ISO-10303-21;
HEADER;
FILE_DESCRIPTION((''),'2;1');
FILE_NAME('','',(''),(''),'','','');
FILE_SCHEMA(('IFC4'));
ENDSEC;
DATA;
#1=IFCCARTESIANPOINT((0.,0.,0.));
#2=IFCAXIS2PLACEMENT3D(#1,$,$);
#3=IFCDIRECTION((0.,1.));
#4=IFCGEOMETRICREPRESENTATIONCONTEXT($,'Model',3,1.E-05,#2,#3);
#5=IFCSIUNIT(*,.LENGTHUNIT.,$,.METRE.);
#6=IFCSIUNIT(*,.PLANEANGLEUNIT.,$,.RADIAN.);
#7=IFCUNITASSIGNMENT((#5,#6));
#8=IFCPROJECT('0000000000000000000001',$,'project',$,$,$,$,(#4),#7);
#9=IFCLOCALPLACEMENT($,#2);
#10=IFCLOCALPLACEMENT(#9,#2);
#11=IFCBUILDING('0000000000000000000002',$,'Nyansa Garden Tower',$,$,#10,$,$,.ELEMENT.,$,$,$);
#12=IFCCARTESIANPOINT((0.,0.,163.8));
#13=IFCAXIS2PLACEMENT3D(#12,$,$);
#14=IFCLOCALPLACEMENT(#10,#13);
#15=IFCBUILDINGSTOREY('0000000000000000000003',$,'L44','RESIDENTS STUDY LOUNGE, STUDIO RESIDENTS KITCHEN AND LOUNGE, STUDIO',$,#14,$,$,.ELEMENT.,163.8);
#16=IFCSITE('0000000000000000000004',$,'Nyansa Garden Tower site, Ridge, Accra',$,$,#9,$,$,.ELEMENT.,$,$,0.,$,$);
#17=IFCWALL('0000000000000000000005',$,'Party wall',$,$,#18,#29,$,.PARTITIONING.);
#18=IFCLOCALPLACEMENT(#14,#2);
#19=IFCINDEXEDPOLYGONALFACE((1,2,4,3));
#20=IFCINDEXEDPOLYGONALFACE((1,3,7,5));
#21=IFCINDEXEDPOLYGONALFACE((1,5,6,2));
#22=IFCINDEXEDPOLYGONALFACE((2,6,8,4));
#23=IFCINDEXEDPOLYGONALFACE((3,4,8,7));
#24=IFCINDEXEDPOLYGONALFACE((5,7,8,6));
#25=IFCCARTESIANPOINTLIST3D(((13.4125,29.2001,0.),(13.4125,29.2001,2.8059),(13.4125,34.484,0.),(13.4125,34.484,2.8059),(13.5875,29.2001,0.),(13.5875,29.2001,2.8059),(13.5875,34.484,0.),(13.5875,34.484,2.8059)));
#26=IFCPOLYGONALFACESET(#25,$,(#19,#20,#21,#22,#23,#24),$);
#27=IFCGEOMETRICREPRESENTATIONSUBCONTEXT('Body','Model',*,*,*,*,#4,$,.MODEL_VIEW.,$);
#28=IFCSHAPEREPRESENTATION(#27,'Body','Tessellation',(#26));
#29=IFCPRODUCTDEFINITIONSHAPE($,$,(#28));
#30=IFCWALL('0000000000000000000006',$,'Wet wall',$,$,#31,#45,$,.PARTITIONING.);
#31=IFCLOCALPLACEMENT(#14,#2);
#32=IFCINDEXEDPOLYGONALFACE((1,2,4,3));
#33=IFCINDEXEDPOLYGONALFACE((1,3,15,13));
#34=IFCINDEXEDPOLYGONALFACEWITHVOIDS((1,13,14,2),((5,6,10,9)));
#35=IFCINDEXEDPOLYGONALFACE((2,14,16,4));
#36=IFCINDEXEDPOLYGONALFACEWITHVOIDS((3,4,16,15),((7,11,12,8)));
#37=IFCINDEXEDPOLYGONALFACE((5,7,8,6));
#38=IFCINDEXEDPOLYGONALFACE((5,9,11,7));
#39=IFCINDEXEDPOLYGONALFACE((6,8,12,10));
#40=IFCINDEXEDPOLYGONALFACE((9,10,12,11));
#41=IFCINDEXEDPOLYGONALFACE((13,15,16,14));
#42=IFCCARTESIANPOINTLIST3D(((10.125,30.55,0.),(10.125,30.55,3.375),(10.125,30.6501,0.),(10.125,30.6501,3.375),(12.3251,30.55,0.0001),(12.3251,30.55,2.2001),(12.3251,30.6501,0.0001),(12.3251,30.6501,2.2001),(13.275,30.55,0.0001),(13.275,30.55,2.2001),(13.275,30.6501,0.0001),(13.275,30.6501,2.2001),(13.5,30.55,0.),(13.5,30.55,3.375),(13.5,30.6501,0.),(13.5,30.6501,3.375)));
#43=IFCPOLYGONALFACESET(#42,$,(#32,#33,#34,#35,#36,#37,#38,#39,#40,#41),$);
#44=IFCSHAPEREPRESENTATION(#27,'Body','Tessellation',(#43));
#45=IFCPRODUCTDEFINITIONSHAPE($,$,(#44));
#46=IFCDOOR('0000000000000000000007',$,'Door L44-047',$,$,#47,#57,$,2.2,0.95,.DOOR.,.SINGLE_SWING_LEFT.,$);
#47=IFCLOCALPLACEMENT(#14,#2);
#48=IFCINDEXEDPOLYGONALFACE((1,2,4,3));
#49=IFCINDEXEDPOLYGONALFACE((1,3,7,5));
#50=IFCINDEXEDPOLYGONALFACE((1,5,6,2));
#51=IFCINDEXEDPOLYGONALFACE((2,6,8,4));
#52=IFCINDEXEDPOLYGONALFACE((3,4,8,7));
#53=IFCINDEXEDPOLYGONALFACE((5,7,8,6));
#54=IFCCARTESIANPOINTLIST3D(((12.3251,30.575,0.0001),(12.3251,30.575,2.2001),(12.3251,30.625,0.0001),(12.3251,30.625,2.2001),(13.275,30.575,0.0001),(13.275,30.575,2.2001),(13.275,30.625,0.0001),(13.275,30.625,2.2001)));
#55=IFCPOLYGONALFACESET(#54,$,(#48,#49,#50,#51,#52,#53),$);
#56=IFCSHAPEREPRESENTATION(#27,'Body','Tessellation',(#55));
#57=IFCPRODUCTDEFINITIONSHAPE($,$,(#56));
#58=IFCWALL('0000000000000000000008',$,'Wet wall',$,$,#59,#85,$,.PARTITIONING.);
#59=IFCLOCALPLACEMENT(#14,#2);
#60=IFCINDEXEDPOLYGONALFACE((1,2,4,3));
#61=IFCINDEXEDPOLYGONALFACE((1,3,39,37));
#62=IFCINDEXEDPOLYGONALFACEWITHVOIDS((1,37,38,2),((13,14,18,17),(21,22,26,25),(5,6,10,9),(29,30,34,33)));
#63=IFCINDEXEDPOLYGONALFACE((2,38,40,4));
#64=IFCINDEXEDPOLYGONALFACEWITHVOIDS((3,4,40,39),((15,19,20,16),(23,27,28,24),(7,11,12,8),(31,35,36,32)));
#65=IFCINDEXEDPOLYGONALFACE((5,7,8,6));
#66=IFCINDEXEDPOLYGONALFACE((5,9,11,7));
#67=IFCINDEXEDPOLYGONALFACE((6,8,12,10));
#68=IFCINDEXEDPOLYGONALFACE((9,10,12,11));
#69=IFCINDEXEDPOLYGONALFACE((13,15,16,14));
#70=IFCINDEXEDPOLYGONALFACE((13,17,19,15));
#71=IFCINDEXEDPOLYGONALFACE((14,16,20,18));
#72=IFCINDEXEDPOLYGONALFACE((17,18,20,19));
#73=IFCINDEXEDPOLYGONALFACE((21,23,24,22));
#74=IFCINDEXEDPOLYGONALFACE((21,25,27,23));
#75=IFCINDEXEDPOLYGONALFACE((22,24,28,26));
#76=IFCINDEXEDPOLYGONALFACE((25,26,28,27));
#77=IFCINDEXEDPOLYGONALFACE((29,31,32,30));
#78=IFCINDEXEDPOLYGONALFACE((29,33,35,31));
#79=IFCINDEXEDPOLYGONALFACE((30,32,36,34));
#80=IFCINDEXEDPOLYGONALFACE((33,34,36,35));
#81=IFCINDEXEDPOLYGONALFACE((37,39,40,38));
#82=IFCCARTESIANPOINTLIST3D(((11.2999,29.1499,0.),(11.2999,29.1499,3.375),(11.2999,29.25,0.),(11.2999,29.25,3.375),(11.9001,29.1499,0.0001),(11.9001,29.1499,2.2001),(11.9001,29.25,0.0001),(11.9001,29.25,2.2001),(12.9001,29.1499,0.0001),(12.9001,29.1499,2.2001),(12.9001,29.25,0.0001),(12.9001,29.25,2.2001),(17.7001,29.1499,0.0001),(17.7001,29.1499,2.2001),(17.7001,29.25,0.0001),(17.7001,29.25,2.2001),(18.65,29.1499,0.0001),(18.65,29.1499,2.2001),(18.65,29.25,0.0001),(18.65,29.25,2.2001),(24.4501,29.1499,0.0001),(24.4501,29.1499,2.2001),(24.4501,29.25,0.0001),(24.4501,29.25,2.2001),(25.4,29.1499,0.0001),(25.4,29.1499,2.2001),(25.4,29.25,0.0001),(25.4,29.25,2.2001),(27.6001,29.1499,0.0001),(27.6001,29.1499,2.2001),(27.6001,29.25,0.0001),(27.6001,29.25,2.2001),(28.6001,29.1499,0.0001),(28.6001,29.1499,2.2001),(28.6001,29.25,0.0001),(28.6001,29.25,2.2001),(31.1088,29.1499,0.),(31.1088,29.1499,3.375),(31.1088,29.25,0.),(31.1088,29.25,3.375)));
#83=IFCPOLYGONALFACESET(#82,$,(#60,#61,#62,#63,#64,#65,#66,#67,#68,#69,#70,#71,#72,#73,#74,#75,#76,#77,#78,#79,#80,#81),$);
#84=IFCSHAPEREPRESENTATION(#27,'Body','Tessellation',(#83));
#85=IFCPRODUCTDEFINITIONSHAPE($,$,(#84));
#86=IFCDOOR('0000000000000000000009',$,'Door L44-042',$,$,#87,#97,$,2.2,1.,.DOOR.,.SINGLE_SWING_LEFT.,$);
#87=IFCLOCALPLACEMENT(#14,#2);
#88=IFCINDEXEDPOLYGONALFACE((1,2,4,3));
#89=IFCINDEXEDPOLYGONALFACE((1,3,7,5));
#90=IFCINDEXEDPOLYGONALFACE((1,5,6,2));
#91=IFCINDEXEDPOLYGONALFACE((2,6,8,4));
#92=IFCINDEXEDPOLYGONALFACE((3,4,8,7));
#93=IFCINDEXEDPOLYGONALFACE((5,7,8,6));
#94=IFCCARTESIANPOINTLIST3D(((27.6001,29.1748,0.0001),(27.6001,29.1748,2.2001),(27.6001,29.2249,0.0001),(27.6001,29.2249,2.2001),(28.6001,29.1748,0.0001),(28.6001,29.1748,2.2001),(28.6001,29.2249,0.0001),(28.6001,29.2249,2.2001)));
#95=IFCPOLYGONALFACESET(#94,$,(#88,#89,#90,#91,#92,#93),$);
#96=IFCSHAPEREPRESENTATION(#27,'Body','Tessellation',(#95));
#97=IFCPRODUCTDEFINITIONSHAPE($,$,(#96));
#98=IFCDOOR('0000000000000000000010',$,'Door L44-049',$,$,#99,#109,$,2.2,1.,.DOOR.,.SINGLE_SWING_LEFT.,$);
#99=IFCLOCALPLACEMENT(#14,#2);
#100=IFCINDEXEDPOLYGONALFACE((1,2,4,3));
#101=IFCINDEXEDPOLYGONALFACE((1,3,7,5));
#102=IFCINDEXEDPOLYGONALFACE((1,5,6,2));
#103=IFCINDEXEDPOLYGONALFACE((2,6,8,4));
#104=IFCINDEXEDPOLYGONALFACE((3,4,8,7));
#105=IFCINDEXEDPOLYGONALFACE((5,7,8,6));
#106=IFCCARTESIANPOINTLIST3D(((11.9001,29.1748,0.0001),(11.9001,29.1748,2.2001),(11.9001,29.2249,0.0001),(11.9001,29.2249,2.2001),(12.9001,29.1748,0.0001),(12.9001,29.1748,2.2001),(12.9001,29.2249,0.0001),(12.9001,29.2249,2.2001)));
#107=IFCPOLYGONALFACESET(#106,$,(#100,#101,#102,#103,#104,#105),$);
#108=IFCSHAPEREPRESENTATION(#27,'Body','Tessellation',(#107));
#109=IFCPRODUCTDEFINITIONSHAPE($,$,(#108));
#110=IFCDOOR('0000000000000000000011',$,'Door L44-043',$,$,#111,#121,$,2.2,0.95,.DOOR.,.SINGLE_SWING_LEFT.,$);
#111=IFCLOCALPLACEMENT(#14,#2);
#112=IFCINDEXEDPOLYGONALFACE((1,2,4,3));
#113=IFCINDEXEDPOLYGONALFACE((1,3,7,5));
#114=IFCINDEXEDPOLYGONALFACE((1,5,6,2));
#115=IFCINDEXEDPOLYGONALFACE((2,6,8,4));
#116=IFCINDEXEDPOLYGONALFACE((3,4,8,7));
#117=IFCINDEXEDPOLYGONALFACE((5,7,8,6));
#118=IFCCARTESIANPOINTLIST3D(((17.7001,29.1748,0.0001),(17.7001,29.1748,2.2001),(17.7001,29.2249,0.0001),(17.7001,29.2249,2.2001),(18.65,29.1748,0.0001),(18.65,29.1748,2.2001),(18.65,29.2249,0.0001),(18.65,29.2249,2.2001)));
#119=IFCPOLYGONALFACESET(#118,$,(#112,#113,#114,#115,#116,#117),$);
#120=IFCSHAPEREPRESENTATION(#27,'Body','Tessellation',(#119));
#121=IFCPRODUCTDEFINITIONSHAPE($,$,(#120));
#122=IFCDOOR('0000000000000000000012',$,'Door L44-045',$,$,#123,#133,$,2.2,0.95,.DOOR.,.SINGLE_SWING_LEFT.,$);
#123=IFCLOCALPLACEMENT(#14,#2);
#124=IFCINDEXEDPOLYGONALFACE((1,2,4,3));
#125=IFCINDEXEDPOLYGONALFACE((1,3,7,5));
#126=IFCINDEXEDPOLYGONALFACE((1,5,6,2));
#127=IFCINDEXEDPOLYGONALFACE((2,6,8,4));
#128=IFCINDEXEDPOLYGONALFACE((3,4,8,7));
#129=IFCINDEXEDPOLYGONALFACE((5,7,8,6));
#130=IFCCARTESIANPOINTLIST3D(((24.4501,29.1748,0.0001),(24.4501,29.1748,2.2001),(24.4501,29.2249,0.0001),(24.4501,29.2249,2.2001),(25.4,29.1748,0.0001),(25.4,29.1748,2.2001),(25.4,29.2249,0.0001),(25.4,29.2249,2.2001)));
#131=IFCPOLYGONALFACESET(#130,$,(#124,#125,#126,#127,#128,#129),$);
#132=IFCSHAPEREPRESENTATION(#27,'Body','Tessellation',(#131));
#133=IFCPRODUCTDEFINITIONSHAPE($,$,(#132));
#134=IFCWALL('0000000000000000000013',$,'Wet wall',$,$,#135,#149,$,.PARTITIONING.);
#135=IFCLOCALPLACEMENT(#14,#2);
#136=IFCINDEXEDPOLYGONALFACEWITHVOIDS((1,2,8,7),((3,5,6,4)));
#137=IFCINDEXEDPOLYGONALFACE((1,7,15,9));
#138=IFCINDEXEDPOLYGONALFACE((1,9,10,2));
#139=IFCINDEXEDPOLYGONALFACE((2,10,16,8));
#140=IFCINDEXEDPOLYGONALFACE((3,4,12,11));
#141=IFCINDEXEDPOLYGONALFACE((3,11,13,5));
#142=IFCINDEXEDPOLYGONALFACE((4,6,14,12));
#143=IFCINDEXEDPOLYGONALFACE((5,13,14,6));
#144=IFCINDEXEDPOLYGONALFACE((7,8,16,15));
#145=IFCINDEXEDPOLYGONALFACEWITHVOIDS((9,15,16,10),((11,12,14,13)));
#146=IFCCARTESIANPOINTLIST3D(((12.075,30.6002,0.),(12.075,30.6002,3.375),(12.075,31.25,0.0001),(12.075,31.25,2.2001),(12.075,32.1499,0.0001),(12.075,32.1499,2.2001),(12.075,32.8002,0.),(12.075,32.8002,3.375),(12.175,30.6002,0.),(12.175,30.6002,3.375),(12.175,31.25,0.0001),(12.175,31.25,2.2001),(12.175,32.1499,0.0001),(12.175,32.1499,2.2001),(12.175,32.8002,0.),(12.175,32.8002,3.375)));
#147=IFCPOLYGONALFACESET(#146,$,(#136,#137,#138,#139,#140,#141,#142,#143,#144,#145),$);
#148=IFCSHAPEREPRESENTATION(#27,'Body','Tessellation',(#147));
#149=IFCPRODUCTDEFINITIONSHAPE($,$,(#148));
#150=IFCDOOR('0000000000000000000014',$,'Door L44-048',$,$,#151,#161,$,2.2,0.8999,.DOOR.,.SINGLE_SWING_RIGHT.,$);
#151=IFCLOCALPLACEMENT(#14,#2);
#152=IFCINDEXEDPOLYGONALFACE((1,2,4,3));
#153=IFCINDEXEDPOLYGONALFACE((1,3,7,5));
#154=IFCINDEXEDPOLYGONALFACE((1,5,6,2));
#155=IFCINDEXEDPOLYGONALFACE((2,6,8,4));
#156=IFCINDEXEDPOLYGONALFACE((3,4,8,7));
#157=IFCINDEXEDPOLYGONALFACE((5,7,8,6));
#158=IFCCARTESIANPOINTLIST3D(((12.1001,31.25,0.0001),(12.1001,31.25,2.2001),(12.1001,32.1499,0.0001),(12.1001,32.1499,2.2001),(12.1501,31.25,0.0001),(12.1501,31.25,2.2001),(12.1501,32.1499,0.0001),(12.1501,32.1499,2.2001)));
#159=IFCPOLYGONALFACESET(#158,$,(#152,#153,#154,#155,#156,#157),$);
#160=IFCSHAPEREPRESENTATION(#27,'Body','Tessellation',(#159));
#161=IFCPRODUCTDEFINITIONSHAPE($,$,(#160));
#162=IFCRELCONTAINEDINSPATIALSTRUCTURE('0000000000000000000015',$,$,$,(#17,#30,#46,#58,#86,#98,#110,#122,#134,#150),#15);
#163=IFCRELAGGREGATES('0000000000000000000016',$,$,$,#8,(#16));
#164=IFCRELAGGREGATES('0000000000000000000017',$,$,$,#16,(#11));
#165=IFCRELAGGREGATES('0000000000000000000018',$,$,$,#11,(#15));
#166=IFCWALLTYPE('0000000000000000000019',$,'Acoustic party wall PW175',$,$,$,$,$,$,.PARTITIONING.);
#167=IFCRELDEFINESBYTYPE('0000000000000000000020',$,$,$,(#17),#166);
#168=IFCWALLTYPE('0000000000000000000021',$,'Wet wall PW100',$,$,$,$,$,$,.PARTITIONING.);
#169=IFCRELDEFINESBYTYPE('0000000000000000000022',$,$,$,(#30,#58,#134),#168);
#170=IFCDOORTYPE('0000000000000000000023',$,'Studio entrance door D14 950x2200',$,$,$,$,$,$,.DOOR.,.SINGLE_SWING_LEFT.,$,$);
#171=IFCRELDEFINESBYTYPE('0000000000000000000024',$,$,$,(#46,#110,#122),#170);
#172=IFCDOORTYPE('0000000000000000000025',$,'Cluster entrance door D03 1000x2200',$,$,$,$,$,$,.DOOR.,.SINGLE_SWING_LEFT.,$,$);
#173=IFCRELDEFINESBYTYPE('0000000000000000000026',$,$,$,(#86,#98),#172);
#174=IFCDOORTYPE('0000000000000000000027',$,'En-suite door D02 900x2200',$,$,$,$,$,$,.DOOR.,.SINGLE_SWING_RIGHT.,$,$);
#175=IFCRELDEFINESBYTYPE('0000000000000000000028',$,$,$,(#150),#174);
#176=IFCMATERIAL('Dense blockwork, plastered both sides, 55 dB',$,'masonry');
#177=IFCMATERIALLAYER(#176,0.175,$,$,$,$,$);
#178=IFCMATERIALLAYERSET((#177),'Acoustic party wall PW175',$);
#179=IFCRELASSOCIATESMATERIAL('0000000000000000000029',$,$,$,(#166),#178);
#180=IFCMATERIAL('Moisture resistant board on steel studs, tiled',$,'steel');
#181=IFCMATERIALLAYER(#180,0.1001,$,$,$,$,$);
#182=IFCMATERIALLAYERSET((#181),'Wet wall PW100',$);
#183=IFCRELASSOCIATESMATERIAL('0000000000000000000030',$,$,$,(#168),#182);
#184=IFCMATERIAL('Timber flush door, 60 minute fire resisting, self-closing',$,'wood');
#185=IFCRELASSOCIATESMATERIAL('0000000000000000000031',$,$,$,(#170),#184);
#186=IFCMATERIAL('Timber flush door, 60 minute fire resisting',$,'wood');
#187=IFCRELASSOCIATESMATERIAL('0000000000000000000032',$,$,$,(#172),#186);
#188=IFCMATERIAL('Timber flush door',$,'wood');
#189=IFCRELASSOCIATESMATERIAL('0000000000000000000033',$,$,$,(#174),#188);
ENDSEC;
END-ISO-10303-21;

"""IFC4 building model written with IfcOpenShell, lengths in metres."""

from ifc_helpers import new_model, si_unit, direction, frame, frame_2d, origin, place, context, subcontext, project, spatial, rectangle, extrude, material, layer, layer_set, type_object, element, fill, save


model = new_model("IFC4")

# Units and contexts
model_context = context("Model", 3, precision=1e-05, world=origin(), true_north=direction((0.0, 1.0)))
body_context = subcontext(model_context, "Body", "Model", "MODEL_VIEW")
ifc_project = project(units=[si_unit("LENGTHUNIT", "METRE"), si_unit("PLANEANGLEUNIT", "RADIAN")], contexts=[model_context])

# Site, building, storey
site_placement = place(None, origin())
site = spatial("IfcSite", under=ifc_project, at=site_placement, Name="Nyansa Garden Tower site, Ridge, Accra", CompositionType="ELEMENT", RefElevation=0.0)
building_placement = place(site_placement, origin())
building = spatial("IfcBuilding", under=site, at=building_placement, Name="Nyansa Garden Tower", CompositionType="ELEMENT")
storey_placement = place(building_placement, frame((0.0, 0.0, 163.8)))
storey = spatial("IfcBuildingStorey", under=building, at=storey_placement, Name="L44", Description="RESIDENTS STUDY LOUNGE, STUDIO RESIDENTS KITCHEN AND LOUNGE, STUDIO", CompositionType="ELEMENT", Elevation=163.8)

# Wall
ifc_material_1 = material(Name="Dense blockwork, plastered both sides, 55 dB", Category="masonry")
ifc_layer_1 = layer(ifc_material_1, 0.175)
ifc_layer_set_1 = layer_set([ifc_layer_1], Name="Acoustic party wall PW175")
wall_type_1 = type_object("IfcWallType", Name="Acoustic party wall PW175", PredefinedType="PARTITIONING", material=ifc_layer_set_1)
wall_1_placement = place(storey_placement, frame((13.5, 29.2, 0.0), z_axis=(0.0, 0.0, 1.0), x_axis=(0.0, 1.0, 0.0)))
element("IfcWall", 1, at=wall_1_placement, inside=storey, type_object=wall_type_1, Name="Party wall", PredefinedType="PARTITIONING", context=body_context, shape_type="SweptSolid", body=[
    extrude(rectangle(XDim=5.2839, YDim=0.175, at=frame_2d((2.6421, 0.0))), origin(), (0.0, 0.0, 1.0), 2.8059),
])

# Wall, opening, door
ifc_material_2 = material(Name="Moisture resistant board on steel studs, tiled", Category="steel")
ifc_layer_2 = layer(ifc_material_2, 0.1001)
ifc_layer_set_2 = layer_set([ifc_layer_2], Name="Wet wall PW100")
wall_type_2 = type_object("IfcWallType", Name="Wet wall PW100", PredefinedType="PARTITIONING", material=ifc_layer_set_2)
wall_2_placement = place(storey_placement, frame((10.125, 30.6001, 0.0), z_axis=(0.0, 0.0, 1.0), x_axis=(1.0, 0.0, 0.0)))
wall_2 = element("IfcWall", 2, at=wall_2_placement, inside=storey, type_object=wall_type_2, Name="Wet wall", PredefinedType="PARTITIONING", context=body_context, shape_type="SweptSolid", body=[
    extrude(rectangle(XDim=3.375, YDim=0.1001, at=frame_2d((1.6875, 0.0))), origin(), (0.0, 0.0, 1.0), 3.375),
])
opening_1_placement = place(wall_2_placement, frame((2.2, 0.0, 0.0)))
opening_1 = element("IfcOpeningElement", 3, at=opening_1_placement, cuts=wall_2, PredefinedType="OPENING", context=body_context, shape_type="SweptSolid", body=[
    extrude(rectangle(XDim=0.95, YDim=2.2, at=frame_2d((0.4751, 1.1001))), frame((0.0, 0.0601, 0.0), z_axis=(0.0, -1.0, 0.0), x_axis=(1.0, 0.0, 0.0)), (0.0, 0.0, 1.0), 0.1201),
])
ifc_material_3 = material(Name="Timber flush door, 60 minute fire resisting, self-closing", Category="wood")
door_type_1 = type_object("IfcDoorType", Name="Studio entrance door D14 950x2200", OperationType="SINGLE_SWING_LEFT", PredefinedType="DOOR", material=ifc_material_3)
door_1_placement = place(opening_1_placement, origin())
door_1 = element("IfcDoor", 4, at=door_1_placement, inside=storey, type_object=door_type_1, Name="Door L44-047", OperationType="SINGLE_SWING_LEFT", OverallHeight=2.2, OverallWidth=0.95, PredefinedType="DOOR", context=body_context, shape_type="SweptSolid", body=[
    extrude(rectangle(XDim=0.95, YDim=2.2, at=frame_2d((0.4751, 1.1001))), frame((0.0, 0.0249, 0.0), z_axis=(0.0, -1.0, 0.0), x_axis=(1.0, 0.0, 0.0)), (0.0, 0.0, 1.0), 0.05),
])
fill(opening_1, door_1)

# Wall, openings, doors
wall_3_placement = place(storey_placement, frame((11.3, 29.2, 0.0), z_axis=(0.0, 0.0, 1.0), x_axis=(1.0, 0.0, 0.0)))
wall_3 = element("IfcWall", 5, at=wall_3_placement, inside=storey, type_object=wall_type_2, Name="Wet wall", PredefinedType="PARTITIONING", context=body_context, shape_type="SweptSolid", body=[
    extrude(rectangle(XDim=19.8088, YDim=0.1001, at=frame_2d((9.9043, 0.0))), origin(), (0.0, 0.0, 1.0), 3.375),
])
opening_2_placement = place(wall_3_placement, frame((16.3, 0.0, 0.0)))
opening_2 = element("IfcOpeningElement", 6, at=opening_2_placement, cuts=wall_3, PredefinedType="OPENING", context=body_context, shape_type="SweptSolid", body=[
    extrude(rectangle(XDim=1.0, YDim=2.2, at=frame_2d((0.5, 1.1001))), frame((0.0, 0.0601, 0.0), z_axis=(0.0, -1.0, 0.0), x_axis=(1.0, 0.0, 0.0)), (0.0, 0.0, 1.0), 0.1201),
])
opening_3_placement = place(wall_3_placement, frame((6.3999, 0.0, 0.0)))
opening_3 = element("IfcOpeningElement", 7, at=opening_3_placement, cuts=wall_3, PredefinedType="OPENING", context=body_context, shape_type="SweptSolid", body=[
    extrude(rectangle(XDim=0.95, YDim=2.2, at=frame_2d((0.4751, 1.1001))), frame((0.0, 0.0601, 0.0), z_axis=(0.0, -1.0, 0.0), x_axis=(1.0, 0.0, 0.0)), (0.0, 0.0, 1.0), 0.1201),
])
opening_4_placement = place(wall_3_placement, frame((13.1499, 0.0, 0.0)))
opening_4 = element("IfcOpeningElement", 8, at=opening_4_placement, cuts=wall_3, PredefinedType="OPENING", context=body_context, shape_type="SweptSolid", body=[
    extrude(rectangle(XDim=0.95, YDim=2.2, at=frame_2d((0.4751, 1.1001))), frame((0.0, 0.0601, 0.0), z_axis=(0.0, -1.0, 0.0), x_axis=(1.0, 0.0, 0.0)), (0.0, 0.0, 1.0), 0.1201),
])
opening_5_placement = place(wall_3_placement, frame((0.6001, 0.0, 0.0)))
opening_5 = element("IfcOpeningElement", 9, at=opening_5_placement, cuts=wall_3, PredefinedType="OPENING", context=body_context, shape_type="SweptSolid", body=[
    extrude(rectangle(XDim=1.0, YDim=2.2, at=frame_2d((0.5, 1.1001))), frame((0.0, 0.0601, 0.0), z_axis=(0.0, -1.0, 0.0), x_axis=(1.0, 0.0, 0.0)), (0.0, 0.0, 1.0), 0.1201),
])
ifc_material_4 = material(Name="Timber flush door, 60 minute fire resisting", Category="wood")
door_type_2 = type_object("IfcDoorType", Name="Cluster entrance door D03 1000x2200", OperationType="SINGLE_SWING_LEFT", PredefinedType="DOOR", material=ifc_material_4)
door_2_placement = place(opening_2_placement, origin())
door_2 = element("IfcDoor", 10, at=door_2_placement, inside=storey, type_object=door_type_2, Name="Door L44-042", OperationType="SINGLE_SWING_LEFT", OverallHeight=2.2, OverallWidth=1.0, PredefinedType="DOOR", context=body_context, shape_type="SweptSolid", body=[
    extrude(rectangle(XDim=1.0, YDim=2.2, at=frame_2d((0.5, 1.1001))), frame((0.0, 0.0249, 0.0), z_axis=(0.0, -1.0, 0.0), x_axis=(1.0, 0.0, 0.0)), (0.0, 0.0, 1.0), 0.05),
])
fill(opening_2, door_2)
door_3_placement = place(opening_5_placement, origin())
door_3 = element("IfcDoor", 11, at=door_3_placement, inside=storey, type_object=door_type_2, Name="Door L44-049", OperationType="SINGLE_SWING_LEFT", OverallHeight=2.2, OverallWidth=1.0, PredefinedType="DOOR", context=body_context, shape_type="SweptSolid", body=[
    extrude(rectangle(XDim=1.0, YDim=2.2, at=frame_2d((0.5, 1.1001))), frame((0.0, 0.0249, 0.0), z_axis=(0.0, -1.0, 0.0), x_axis=(1.0, 0.0, 0.0)), (0.0, 0.0, 1.0), 0.05),
])
fill(opening_5, door_3)
door_4_placement = place(opening_3_placement, origin())
door_4 = element("IfcDoor", 12, at=door_4_placement, inside=storey, type_object=door_type_1, Name="Door L44-043", OperationType="SINGLE_SWING_LEFT", OverallHeight=2.2, OverallWidth=0.95, PredefinedType="DOOR", context=body_context, shape_type="SweptSolid", body=[
    extrude(rectangle(XDim=0.95, YDim=2.2, at=frame_2d((0.4751, 1.1001))), frame((0.0, 0.0249, 0.0), z_axis=(0.0, -1.0, 0.0), x_axis=(1.0, 0.0, 0.0)), (0.0, 0.0, 1.0), 0.05),
])
fill(opening_3, door_4)
door_5_placement = place(opening_4_placement, origin())
door_5 = element("IfcDoor", 13, at=door_5_placement, inside=storey, type_object=door_type_1, Name="Door L44-045", OperationType="SINGLE_SWING_LEFT", OverallHeight=2.2, OverallWidth=0.95, PredefinedType="DOOR", context=body_context, shape_type="SweptSolid", body=[
    extrude(rectangle(XDim=0.95, YDim=2.2, at=frame_2d((0.4751, 1.1001))), frame((0.0, 0.0249, 0.0), z_axis=(0.0, -1.0, 0.0), x_axis=(1.0, 0.0, 0.0)), (0.0, 0.0, 1.0), 0.05),
])
fill(opening_4, door_5)

# Wall, opening, door
wall_4_placement = place(storey_placement, frame((12.125, 30.6001, 0.0), z_axis=(0.0, 0.0, 1.0), x_axis=(0.0, 1.0, 0.0)))
wall_4 = element("IfcWall", 14, at=wall_4_placement, inside=storey, type_object=wall_type_2, Name="Wet wall", PredefinedType="PARTITIONING", context=body_context, shape_type="SweptSolid", body=[
    extrude(rectangle(XDim=2.2, YDim=0.1001, at=frame_2d((1.1001, 0.0))), origin(), (0.0, 0.0, 1.0), 3.375),
])
opening_6_placement = place(wall_4_placement, frame((0.6499, 0.0, 0.0)))
opening_6 = element("IfcOpeningElement", 15, at=opening_6_placement, cuts=wall_4, PredefinedType="OPENING", context=body_context, shape_type="SweptSolid", body=[
    extrude(rectangle(XDim=0.8999, YDim=2.2, at=frame_2d((0.45, 1.1001))), frame((0.0, 0.0601, 0.0), z_axis=(0.0, -1.0, 0.0), x_axis=(1.0, 0.0, 0.0)), (0.0, 0.0, 1.0), 0.1201),
])
ifc_material_5 = material(Name="Timber flush door", Category="wood")
door_type_3 = type_object("IfcDoorType", Name="En-suite door D02 900x2200", OperationType="SINGLE_SWING_RIGHT", PredefinedType="DOOR", material=ifc_material_5)
door_6_placement = place(opening_6_placement, origin())
door_6 = element("IfcDoor", 16, at=door_6_placement, inside=storey, type_object=door_type_3, Name="Door L44-048", OperationType="SINGLE_SWING_RIGHT", OverallHeight=2.2, OverallWidth=0.8999, PredefinedType="DOOR", context=body_context, shape_type="SweptSolid", body=[
    extrude(rectangle(XDim=0.8999, YDim=2.2, at=frame_2d((0.45, 1.1001))), frame((0.0, 0.0249, 0.0), z_axis=(0.0, -1.0, 0.0), x_axis=(1.0, 0.0, 0.0)), (0.0, 0.0, 1.0), 0.05),
])
fill(opening_6, door_6)

save(model, "model.ifc")
